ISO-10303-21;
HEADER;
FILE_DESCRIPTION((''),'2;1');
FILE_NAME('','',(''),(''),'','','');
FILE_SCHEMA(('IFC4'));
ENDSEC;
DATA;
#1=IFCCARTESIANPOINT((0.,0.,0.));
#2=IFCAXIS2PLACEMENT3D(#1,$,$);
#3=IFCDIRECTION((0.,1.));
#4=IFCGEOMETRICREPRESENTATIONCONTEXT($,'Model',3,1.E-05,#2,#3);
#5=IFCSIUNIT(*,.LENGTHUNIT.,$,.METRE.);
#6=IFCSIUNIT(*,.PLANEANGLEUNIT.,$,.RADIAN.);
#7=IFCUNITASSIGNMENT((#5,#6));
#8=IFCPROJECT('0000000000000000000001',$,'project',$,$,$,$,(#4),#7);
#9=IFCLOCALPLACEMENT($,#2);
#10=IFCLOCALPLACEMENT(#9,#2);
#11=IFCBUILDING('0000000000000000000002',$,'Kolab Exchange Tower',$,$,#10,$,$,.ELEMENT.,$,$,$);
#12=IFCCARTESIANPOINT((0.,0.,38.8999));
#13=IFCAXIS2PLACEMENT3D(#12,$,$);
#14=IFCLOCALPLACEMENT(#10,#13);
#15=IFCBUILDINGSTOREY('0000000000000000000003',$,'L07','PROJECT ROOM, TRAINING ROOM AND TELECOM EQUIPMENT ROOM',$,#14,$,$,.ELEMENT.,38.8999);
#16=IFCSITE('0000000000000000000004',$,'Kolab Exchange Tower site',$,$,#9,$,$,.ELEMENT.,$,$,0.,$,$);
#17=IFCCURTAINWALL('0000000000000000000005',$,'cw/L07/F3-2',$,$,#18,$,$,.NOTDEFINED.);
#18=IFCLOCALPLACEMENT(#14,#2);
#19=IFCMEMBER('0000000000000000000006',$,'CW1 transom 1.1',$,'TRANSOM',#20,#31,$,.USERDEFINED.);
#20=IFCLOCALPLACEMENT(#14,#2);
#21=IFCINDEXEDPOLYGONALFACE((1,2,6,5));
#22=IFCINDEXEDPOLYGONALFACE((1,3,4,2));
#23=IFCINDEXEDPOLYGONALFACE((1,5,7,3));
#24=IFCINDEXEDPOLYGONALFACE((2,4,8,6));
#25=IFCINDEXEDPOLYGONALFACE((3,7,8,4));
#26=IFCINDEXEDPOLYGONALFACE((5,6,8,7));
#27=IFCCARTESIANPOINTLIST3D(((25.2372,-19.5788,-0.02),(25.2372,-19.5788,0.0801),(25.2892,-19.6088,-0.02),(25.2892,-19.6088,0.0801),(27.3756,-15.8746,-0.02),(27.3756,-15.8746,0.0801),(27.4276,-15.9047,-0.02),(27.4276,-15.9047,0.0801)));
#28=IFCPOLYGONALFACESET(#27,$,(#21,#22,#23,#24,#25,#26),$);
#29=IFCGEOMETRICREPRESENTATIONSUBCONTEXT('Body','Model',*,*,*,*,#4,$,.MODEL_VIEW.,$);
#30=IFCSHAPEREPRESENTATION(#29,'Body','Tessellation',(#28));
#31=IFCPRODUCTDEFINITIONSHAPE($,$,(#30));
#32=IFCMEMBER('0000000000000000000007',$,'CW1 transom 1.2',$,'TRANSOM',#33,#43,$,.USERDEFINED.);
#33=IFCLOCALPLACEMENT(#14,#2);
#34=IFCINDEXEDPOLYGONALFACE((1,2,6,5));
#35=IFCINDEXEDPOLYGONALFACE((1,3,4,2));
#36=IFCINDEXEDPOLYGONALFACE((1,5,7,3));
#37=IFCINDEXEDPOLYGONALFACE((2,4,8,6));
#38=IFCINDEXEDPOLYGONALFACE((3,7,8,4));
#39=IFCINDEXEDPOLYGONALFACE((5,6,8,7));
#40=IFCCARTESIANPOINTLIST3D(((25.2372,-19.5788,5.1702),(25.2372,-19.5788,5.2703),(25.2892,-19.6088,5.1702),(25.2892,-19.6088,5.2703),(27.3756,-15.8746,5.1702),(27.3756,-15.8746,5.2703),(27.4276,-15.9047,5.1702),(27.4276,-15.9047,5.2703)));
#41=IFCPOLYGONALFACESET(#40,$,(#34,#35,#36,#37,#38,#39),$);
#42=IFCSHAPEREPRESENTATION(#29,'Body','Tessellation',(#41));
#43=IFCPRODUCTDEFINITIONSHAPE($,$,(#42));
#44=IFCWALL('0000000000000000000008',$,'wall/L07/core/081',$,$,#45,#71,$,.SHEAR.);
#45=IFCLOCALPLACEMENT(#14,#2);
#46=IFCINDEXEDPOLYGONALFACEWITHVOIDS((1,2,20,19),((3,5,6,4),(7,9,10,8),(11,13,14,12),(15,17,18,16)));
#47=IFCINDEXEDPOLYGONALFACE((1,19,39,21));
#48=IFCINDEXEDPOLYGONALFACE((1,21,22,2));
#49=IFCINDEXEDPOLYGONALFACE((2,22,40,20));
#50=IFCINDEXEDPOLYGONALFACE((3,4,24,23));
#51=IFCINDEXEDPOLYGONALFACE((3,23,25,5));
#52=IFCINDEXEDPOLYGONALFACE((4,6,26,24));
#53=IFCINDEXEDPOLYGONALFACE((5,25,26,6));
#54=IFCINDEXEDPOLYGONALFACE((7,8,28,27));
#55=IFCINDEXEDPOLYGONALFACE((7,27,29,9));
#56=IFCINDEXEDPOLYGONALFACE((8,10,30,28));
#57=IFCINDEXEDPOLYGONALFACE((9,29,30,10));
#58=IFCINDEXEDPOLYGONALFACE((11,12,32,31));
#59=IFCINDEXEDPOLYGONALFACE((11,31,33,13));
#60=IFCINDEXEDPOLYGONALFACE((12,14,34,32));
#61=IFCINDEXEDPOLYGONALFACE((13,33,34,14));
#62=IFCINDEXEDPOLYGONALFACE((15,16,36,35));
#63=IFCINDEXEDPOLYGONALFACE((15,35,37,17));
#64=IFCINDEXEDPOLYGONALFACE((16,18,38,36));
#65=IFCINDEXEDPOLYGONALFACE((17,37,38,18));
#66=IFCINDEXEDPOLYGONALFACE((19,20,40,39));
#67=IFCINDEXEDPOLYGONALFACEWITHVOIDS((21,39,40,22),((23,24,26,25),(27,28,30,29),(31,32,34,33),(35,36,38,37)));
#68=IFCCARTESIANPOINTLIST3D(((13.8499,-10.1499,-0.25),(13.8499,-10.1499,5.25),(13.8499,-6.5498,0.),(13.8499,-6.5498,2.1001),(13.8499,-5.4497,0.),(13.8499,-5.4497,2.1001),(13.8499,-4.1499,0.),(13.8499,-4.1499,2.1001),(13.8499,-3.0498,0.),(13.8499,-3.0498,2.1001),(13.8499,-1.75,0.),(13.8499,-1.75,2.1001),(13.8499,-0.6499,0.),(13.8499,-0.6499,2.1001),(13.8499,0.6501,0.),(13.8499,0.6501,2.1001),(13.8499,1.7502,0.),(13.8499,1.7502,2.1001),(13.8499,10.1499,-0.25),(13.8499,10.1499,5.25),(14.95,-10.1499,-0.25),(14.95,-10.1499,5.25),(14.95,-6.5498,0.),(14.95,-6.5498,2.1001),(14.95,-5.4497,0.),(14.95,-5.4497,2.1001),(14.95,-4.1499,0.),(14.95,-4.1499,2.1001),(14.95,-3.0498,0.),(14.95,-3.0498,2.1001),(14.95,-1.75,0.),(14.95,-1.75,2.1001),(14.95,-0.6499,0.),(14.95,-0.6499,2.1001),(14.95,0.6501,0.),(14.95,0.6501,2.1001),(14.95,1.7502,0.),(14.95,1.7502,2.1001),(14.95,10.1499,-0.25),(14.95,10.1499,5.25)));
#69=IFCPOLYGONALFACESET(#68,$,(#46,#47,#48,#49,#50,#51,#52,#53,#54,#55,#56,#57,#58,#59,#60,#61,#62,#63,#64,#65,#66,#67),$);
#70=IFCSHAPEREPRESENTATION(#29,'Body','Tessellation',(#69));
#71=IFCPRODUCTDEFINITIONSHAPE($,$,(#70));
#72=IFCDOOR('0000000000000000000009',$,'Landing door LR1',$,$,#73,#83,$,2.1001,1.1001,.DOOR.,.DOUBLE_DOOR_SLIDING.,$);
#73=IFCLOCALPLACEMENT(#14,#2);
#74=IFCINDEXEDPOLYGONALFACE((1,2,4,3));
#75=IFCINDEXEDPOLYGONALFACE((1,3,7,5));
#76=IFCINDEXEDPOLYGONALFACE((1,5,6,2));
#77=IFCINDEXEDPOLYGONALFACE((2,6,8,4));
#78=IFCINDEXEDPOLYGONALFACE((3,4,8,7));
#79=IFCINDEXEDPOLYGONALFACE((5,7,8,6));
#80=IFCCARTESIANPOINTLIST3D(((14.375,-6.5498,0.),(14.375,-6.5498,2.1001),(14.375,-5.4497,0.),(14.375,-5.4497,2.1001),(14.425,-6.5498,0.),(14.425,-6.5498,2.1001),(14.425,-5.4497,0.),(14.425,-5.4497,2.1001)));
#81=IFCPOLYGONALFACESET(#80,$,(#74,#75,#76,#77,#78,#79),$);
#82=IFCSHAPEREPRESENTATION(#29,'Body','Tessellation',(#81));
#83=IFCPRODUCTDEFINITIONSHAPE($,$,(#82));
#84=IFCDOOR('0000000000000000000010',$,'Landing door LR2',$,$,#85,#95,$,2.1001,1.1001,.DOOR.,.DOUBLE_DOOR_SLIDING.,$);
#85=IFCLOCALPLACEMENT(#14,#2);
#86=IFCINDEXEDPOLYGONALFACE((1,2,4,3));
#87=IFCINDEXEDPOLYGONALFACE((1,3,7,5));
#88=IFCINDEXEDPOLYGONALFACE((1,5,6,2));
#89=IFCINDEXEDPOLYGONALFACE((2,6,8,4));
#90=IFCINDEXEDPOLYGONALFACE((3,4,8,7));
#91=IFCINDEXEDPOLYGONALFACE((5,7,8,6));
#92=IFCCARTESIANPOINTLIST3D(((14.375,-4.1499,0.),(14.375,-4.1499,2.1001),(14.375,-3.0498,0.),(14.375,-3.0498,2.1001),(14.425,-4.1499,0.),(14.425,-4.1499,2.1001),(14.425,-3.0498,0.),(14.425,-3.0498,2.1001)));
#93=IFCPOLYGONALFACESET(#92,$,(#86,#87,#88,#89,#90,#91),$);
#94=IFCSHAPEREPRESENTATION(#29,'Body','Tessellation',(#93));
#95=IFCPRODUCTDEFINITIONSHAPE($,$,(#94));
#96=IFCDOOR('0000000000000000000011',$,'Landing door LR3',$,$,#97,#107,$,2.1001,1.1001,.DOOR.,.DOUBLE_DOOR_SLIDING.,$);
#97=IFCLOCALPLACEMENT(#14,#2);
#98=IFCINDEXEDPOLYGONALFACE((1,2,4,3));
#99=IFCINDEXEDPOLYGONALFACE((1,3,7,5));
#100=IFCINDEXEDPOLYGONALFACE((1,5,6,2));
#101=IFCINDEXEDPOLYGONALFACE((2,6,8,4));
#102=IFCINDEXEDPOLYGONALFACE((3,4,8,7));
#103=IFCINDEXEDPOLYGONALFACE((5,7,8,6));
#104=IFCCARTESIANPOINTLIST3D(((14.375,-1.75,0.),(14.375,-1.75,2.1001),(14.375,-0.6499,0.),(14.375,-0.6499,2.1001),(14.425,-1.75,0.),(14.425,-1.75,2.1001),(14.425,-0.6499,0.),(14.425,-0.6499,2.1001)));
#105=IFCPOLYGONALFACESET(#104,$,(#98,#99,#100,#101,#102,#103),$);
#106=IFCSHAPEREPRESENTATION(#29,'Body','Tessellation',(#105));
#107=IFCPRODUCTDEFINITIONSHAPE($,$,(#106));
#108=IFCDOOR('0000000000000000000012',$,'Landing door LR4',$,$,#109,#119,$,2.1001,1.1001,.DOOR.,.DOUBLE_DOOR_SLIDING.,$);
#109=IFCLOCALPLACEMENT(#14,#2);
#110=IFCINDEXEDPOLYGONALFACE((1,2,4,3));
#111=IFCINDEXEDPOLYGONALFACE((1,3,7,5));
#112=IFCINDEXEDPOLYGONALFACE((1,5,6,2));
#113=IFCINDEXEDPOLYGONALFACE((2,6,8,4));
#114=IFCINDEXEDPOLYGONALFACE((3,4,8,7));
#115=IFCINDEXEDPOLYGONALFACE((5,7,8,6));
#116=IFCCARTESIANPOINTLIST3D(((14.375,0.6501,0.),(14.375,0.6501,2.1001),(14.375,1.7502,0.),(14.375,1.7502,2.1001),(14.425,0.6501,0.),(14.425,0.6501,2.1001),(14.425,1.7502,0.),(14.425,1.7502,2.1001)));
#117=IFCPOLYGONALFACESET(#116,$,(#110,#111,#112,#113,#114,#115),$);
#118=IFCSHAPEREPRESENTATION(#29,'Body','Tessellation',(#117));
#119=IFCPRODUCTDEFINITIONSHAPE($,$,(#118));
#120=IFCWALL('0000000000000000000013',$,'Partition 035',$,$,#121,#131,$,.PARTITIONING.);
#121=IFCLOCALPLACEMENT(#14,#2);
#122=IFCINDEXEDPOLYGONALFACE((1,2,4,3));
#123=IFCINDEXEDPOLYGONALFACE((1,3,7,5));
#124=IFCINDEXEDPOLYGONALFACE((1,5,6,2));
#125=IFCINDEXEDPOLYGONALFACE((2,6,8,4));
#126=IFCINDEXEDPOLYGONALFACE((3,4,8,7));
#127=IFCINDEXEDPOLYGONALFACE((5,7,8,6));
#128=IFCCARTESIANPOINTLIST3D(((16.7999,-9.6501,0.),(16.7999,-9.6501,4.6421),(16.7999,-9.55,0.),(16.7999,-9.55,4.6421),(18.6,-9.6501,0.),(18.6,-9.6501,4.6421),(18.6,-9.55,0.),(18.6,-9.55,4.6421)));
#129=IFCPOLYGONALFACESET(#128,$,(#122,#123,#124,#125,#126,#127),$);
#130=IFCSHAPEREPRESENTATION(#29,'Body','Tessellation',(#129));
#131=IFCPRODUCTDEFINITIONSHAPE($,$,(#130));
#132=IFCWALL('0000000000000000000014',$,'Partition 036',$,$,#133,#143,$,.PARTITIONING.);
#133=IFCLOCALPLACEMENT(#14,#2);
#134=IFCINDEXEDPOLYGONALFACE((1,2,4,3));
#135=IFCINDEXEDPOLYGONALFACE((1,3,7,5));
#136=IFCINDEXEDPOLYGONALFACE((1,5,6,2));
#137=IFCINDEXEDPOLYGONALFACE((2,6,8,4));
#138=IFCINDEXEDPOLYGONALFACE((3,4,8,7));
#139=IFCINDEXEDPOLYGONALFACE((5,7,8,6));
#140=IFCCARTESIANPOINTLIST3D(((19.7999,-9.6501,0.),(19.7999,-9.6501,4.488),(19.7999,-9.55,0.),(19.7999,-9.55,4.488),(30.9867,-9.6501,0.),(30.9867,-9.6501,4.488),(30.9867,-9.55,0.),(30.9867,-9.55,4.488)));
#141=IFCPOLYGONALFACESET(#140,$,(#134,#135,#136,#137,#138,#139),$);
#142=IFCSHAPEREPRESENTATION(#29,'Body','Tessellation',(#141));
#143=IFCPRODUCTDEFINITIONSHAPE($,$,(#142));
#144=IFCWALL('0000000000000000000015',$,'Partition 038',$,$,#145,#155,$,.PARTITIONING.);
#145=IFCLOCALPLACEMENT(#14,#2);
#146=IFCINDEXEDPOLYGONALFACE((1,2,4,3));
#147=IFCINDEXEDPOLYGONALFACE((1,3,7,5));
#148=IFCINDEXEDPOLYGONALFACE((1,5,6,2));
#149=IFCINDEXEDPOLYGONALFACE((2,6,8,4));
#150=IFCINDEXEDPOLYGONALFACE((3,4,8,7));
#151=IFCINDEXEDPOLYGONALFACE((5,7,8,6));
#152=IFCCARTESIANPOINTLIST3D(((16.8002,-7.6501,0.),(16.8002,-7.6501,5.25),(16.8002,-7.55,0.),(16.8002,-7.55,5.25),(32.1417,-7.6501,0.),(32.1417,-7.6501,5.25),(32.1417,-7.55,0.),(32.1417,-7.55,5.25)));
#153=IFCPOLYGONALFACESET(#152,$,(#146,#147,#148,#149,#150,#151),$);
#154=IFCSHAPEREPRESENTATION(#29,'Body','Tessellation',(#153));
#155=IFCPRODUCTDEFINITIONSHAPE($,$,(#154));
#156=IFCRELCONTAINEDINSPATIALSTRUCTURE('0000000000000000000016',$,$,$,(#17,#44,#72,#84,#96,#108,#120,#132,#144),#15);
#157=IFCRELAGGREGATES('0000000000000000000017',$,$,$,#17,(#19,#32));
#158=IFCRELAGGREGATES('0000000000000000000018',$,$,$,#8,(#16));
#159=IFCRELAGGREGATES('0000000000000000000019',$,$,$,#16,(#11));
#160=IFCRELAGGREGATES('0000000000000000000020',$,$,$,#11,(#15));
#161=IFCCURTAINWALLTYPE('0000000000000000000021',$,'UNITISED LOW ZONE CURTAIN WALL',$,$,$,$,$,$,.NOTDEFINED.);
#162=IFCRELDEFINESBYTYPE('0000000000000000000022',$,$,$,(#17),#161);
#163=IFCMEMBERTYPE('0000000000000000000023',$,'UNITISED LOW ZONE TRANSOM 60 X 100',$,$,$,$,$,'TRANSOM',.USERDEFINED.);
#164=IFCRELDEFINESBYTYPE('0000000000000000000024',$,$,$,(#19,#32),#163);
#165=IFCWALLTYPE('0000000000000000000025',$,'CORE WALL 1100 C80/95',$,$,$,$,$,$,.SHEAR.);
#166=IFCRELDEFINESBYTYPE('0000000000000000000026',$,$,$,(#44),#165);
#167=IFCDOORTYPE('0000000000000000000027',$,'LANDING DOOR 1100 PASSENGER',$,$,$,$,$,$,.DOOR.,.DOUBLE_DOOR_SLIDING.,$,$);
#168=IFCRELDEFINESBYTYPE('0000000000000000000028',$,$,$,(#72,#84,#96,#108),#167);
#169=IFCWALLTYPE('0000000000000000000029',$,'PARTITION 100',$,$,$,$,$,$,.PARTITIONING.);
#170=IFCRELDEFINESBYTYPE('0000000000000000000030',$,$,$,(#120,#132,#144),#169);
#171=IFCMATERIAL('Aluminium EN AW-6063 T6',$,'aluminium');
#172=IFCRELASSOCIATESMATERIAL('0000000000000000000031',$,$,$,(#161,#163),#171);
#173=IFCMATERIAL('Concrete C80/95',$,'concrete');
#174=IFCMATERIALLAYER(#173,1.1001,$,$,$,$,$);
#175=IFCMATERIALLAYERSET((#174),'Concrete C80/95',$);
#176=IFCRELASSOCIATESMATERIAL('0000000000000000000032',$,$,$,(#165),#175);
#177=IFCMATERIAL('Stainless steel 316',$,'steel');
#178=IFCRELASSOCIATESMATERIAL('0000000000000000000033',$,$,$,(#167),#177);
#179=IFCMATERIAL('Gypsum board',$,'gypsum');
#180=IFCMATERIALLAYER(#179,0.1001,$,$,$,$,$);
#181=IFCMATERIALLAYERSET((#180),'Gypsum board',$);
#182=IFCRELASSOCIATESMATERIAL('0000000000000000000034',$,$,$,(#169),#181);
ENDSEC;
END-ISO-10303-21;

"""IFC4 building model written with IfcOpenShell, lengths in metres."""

from ifc_helpers import new_model, si_unit, direction, frame, frame_2d, origin, origin_2d, place, context, subcontext, project, spatial, rectangle, extrude, material, layer, layer_set, material_profile, profile_set, type_object, element, fill, aggregate, save


model = new_model("IFC4")

# Units and contexts
model_context = context("Model", 3, precision=1e-05, world=origin(), true_north=direction((0.0, 1.0)))
body_context = subcontext(model_context, "Body", "Model", "MODEL_VIEW")
ifc_project = project(units=[si_unit("LENGTHUNIT", "METRE"), si_unit("PLANEANGLEUNIT", "RADIAN")], contexts=[model_context])

# Site, building, storey
site_placement = place(None, origin())
site = spatial("IfcSite", under=ifc_project, at=site_placement, Name="Kolab Exchange Tower site", CompositionType="ELEMENT", RefElevation=0.0)
building_placement = place(site_placement, origin())
building = spatial("IfcBuilding", under=site, at=building_placement, Name="Kolab Exchange Tower", CompositionType="ELEMENT")
storey_placement = place(building_placement, frame((0.0, 0.0, 38.8999)))
storey = spatial("IfcBuildingStorey", under=building, at=storey_placement, Name="L07", Description="PROJECT ROOM, TRAINING ROOM AND TELECOM EQUIPMENT ROOM", CompositionType="ELEMENT", Elevation=38.8999)

# Shared definitions
ifc_material_1 = material(Name="Concrete C80/95", Category="concrete")

# Curtain wall, members
ifc_material_2 = material(Name="Aluminium EN AW-6063 T6", Category="aluminium")
curtain_wall_type = type_object("IfcCurtainWallType", Name="UNITISED LOW ZONE CURTAIN WALL", PredefinedType="NOTDEFINED", material=ifc_material_2)
curtain_wall_placement = place(storey_placement, origin())
curtain_wall = element("IfcCurtainWall", 1, at=curtain_wall_placement, inside=storey, type_object=curtain_wall_type, Name="cw/L07/F3-2", PredefinedType="NOTDEFINED")
ifc_material_profile_1 = material_profile(ifc_material_2, rectangle(XDim=0.0601, YDim=0.1001, at=origin_2d()), Name="RECT 60X100")
ifc_profile_set_1 = profile_set([ifc_material_profile_1], Name="Aluminium EN AW-6063 T6")
member_type_1 = type_object("IfcMemberType", Name="UNITISED LOW ZONE TRANSOM 60 X 100", ElementType="TRANSOM", PredefinedType="USERDEFINED", material=ifc_profile_set_1)
member_1_placement = place(storey_placement, frame((27.4016, -15.8896, 0.03), z_axis=(-0.499976, -0.866039, 0.0), x_axis=(0.866039, -0.499976, 0.0)))
member_1 = element("IfcMember", 2, at=member_1_placement, type_object=member_type_1, Name="CW1 transom 1.1", ObjectType="TRANSOM", PredefinedType="USERDEFINED", context=body_context, shape_type="SweptSolid", body=[
    extrude(rectangle(XDim=0.0601, YDim=0.1001, at=origin_2d()), origin(), (0.0, 0.0, 1.0), 4.2771),
])
member_2_placement = place(storey_placement, frame((27.4016, -15.8896, 5.2202), z_axis=(-0.499976, -0.866039, 0.0), x_axis=(0.866039, -0.499976, 0.0)))
member_2 = element("IfcMember", 3, at=member_2_placement, type_object=member_type_1, Name="CW1 transom 1.2", ObjectType="TRANSOM", PredefinedType="USERDEFINED", context=body_context, shape_type="SweptSolid", body=[
    extrude(rectangle(XDim=0.0601, YDim=0.1001, at=origin_2d()), origin(), (0.0, 0.0, 1.0), 4.2771),
])
aggregate(curtain_wall, [member_1, member_2])

# Wall, openings, doors
ifc_layer_1 = layer(ifc_material_1, 1.1001)
ifc_layer_set_1 = layer_set([ifc_layer_1], Name="Concrete C80/95")
wall_type_1 = type_object("IfcWallType", Name="CORE WALL 1100 C80/95", PredefinedType="SHEAR", material=ifc_layer_set_1)
wall_1_placement = place(storey_placement, frame((14.3999, -10.1499, -0.25), z_axis=(0.0, 0.0, 1.0), x_axis=(0.0, 1.0, 0.0)))
wall_1 = element("IfcWall", 4, at=wall_1_placement, inside=storey, type_object=wall_type_1, Name="wall/L07/core/081", PredefinedType="SHEAR", context=body_context, shape_type="SweptSolid", body=[
    extrude(rectangle(XDim=20.2998, YDim=1.1001, at=frame_2d((10.1499, 0.0))), origin(), (0.0, 0.0, 1.0), 5.5),
])
opening_1_placement = place(wall_1_placement, frame((3.6001, 0.0, 0.25)))
opening_1 = element("IfcOpeningElement", 5, at=opening_1_placement, cuts=wall_1, PredefinedType="OPENING", context=body_context, shape_type="SweptSolid", body=[
    extrude(rectangle(XDim=1.1001, YDim=2.1001, at=frame_2d((0.55, 1.05))), frame((0.0, 0.5601, 0.0), z_axis=(0.0, -1.0, 0.0), x_axis=(1.0, 0.0, 0.0)), (0.0, 0.0, 1.0), 1.1201),
])
opening_2_placement = place(wall_1_placement, frame((6.0, 0.0, 0.25)))
opening_2 = element("IfcOpeningElement", 6, at=opening_2_placement, cuts=wall_1, PredefinedType="OPENING", context=body_context, shape_type="SweptSolid", body=[
    extrude(rectangle(XDim=1.1001, YDim=2.1001, at=frame_2d((0.55, 1.05))), frame((0.0, 0.5601, 0.0), z_axis=(0.0, -1.0, 0.0), x_axis=(1.0, 0.0, 0.0)), (0.0, 0.0, 1.0), 1.1201),
])
opening_3_placement = place(wall_1_placement, frame((8.3999, 0.0, 0.25)))
opening_3 = element("IfcOpeningElement", 7, at=opening_3_placement, cuts=wall_1, PredefinedType="OPENING", context=body_context, shape_type="SweptSolid", body=[
    extrude(rectangle(XDim=1.1001, YDim=2.1001, at=frame_2d((0.55, 1.05))), frame((0.0, 0.5601, 0.0), z_axis=(0.0, -1.0, 0.0), x_axis=(1.0, 0.0, 0.0)), (0.0, 0.0, 1.0), 1.1201),
])
opening_4_placement = place(wall_1_placement, frame((10.8, 0.0, 0.25)))
opening_4 = element("IfcOpeningElement", 8, at=opening_4_placement, cuts=wall_1, PredefinedType="OPENING", context=body_context, shape_type="SweptSolid", body=[
    extrude(rectangle(XDim=1.1001, YDim=2.1001, at=frame_2d((0.55, 1.05))), frame((0.0, 0.5601, 0.0), z_axis=(0.0, -1.0, 0.0), x_axis=(1.0, 0.0, 0.0)), (0.0, 0.0, 1.0), 1.1201),
])
ifc_material_3 = material(Name="Stainless steel 316", Category="steel")
door_type_1 = type_object("IfcDoorType", Name="LANDING DOOR 1100 PASSENGER", OperationType="DOUBLE_DOOR_SLIDING", PredefinedType="DOOR", material=ifc_material_3)
door_1_placement = place(opening_1_placement, origin())
door_1 = element("IfcDoor", 9, at=door_1_placement, inside=storey, type_object=door_type_1, Name="Landing door LR1", OperationType="DOUBLE_DOOR_SLIDING", OverallHeight=2.1001, OverallWidth=1.1001, PredefinedType="DOOR", context=body_context, shape_type="SweptSolid", body=[
    extrude(rectangle(XDim=1.1001, YDim=2.1001, at=frame_2d((0.55, 1.05))), frame((0.0, 0.0249, 0.0), z_axis=(0.0, -1.0, 0.0), x_axis=(1.0, 0.0, 0.0)), (0.0, 0.0, 1.0), 0.05),
])
fill(opening_1, door_1)
door_2_placement = place(opening_2_placement, origin())
door_2 = element("IfcDoor", 10, at=door_2_placement, inside=storey, type_object=door_type_1, Name="Landing door LR2", OperationType="DOUBLE_DOOR_SLIDING", OverallHeight=2.1001, OverallWidth=1.1001, PredefinedType="DOOR", context=body_context, shape_type="SweptSolid", body=[
    extrude(rectangle(XDim=1.1001, YDim=2.1001, at=frame_2d((0.55, 1.05))), frame((0.0, 0.0249, 0.0), z_axis=(0.0, -1.0, 0.0), x_axis=(1.0, 0.0, 0.0)), (0.0, 0.0, 1.0), 0.05),
])
fill(opening_2, door_2)
door_3_placement = place(opening_3_placement, origin())
door_3 = element("IfcDoor", 11, at=door_3_placement, inside=storey, type_object=door_type_1, Name="Landing door LR3", OperationType="DOUBLE_DOOR_SLIDING", OverallHeight=2.1001, OverallWidth=1.1001, PredefinedType="DOOR", context=body_context, shape_type="SweptSolid", body=[
    extrude(rectangle(XDim=1.1001, YDim=2.1001, at=frame_2d((0.55, 1.05))), frame((0.0, 0.0249, 0.0), z_axis=(0.0, -1.0, 0.0), x_axis=(1.0, 0.0, 0.0)), (0.0, 0.0, 1.0), 0.05),
])
fill(opening_3, door_3)
door_4_placement = place(opening_4_placement, origin())
door_4 = element("IfcDoor", 12, at=door_4_placement, inside=storey, type_object=door_type_1, Name="Landing door LR4", OperationType="DOUBLE_DOOR_SLIDING", OverallHeight=2.1001, OverallWidth=1.1001, PredefinedType="DOOR", context=body_context, shape_type="SweptSolid", body=[
    extrude(rectangle(XDim=1.1001, YDim=2.1001, at=frame_2d((0.55, 1.05))), frame((0.0, 0.0249, 0.0), z_axis=(0.0, -1.0, 0.0), x_axis=(1.0, 0.0, 0.0)), (0.0, 0.0, 1.0), 0.05),
])
fill(opening_4, door_4)

# Walls
ifc_material_4 = material(Name="Gypsum board", Category="gypsum")
ifc_layer_2 = layer(ifc_material_4, 0.1001)
ifc_layer_set_2 = layer_set([ifc_layer_2], Name="Gypsum board")
wall_type_2 = type_object("IfcWallType", Name="PARTITION 100", PredefinedType="PARTITIONING", material=ifc_layer_set_2)
wall_2_placement = place(storey_placement, frame((16.8, -9.6001, 0.0), z_axis=(0.0, 0.0, 1.0), x_axis=(1.0, 0.0, 0.0)))
element("IfcWall", 13, at=wall_2_placement, inside=storey, type_object=wall_type_2, Name="Partition 035", PredefinedType="PARTITIONING", context=body_context, shape_type="SweptSolid", body=[
    extrude(rectangle(XDim=1.8, YDim=0.1001, at=frame_2d((0.8999, 0.0))), origin(), (0.0, 0.0, 1.0), 4.6421),
])
wall_3_placement = place(storey_placement, frame((19.8, -9.6001, 0.0), z_axis=(0.0, 0.0, 1.0), x_axis=(1.0, 0.0, 0.0)))
element("IfcWall", 14, at=wall_3_placement, inside=storey, type_object=wall_type_2, Name="Partition 036", PredefinedType="PARTITIONING", context=body_context, shape_type="SweptSolid", body=[
    extrude(rectangle(XDim=11.1868, YDim=0.1001, at=frame_2d((5.5933, 0.0))), origin(), (0.0, 0.0, 1.0), 4.488),
])
wall_4_placement = place(storey_placement, frame((16.8, -7.6001, 0.0), z_axis=(0.0, 0.0, 1.0), x_axis=(1.0, 0.0, 0.0)))
element("IfcWall", 15, at=wall_4_placement, inside=storey, type_object=wall_type_2, Name="Partition 038", PredefinedType="PARTITIONING", context=body_context, shape_type="SweptSolid", body=[
    extrude(rectangle(XDim=15.3416, YDim=0.1001, at=frame_2d((7.6709, 0.0))), origin(), (0.0, 0.0, 1.0), 5.25),
])

save(model, "model.ifc")
